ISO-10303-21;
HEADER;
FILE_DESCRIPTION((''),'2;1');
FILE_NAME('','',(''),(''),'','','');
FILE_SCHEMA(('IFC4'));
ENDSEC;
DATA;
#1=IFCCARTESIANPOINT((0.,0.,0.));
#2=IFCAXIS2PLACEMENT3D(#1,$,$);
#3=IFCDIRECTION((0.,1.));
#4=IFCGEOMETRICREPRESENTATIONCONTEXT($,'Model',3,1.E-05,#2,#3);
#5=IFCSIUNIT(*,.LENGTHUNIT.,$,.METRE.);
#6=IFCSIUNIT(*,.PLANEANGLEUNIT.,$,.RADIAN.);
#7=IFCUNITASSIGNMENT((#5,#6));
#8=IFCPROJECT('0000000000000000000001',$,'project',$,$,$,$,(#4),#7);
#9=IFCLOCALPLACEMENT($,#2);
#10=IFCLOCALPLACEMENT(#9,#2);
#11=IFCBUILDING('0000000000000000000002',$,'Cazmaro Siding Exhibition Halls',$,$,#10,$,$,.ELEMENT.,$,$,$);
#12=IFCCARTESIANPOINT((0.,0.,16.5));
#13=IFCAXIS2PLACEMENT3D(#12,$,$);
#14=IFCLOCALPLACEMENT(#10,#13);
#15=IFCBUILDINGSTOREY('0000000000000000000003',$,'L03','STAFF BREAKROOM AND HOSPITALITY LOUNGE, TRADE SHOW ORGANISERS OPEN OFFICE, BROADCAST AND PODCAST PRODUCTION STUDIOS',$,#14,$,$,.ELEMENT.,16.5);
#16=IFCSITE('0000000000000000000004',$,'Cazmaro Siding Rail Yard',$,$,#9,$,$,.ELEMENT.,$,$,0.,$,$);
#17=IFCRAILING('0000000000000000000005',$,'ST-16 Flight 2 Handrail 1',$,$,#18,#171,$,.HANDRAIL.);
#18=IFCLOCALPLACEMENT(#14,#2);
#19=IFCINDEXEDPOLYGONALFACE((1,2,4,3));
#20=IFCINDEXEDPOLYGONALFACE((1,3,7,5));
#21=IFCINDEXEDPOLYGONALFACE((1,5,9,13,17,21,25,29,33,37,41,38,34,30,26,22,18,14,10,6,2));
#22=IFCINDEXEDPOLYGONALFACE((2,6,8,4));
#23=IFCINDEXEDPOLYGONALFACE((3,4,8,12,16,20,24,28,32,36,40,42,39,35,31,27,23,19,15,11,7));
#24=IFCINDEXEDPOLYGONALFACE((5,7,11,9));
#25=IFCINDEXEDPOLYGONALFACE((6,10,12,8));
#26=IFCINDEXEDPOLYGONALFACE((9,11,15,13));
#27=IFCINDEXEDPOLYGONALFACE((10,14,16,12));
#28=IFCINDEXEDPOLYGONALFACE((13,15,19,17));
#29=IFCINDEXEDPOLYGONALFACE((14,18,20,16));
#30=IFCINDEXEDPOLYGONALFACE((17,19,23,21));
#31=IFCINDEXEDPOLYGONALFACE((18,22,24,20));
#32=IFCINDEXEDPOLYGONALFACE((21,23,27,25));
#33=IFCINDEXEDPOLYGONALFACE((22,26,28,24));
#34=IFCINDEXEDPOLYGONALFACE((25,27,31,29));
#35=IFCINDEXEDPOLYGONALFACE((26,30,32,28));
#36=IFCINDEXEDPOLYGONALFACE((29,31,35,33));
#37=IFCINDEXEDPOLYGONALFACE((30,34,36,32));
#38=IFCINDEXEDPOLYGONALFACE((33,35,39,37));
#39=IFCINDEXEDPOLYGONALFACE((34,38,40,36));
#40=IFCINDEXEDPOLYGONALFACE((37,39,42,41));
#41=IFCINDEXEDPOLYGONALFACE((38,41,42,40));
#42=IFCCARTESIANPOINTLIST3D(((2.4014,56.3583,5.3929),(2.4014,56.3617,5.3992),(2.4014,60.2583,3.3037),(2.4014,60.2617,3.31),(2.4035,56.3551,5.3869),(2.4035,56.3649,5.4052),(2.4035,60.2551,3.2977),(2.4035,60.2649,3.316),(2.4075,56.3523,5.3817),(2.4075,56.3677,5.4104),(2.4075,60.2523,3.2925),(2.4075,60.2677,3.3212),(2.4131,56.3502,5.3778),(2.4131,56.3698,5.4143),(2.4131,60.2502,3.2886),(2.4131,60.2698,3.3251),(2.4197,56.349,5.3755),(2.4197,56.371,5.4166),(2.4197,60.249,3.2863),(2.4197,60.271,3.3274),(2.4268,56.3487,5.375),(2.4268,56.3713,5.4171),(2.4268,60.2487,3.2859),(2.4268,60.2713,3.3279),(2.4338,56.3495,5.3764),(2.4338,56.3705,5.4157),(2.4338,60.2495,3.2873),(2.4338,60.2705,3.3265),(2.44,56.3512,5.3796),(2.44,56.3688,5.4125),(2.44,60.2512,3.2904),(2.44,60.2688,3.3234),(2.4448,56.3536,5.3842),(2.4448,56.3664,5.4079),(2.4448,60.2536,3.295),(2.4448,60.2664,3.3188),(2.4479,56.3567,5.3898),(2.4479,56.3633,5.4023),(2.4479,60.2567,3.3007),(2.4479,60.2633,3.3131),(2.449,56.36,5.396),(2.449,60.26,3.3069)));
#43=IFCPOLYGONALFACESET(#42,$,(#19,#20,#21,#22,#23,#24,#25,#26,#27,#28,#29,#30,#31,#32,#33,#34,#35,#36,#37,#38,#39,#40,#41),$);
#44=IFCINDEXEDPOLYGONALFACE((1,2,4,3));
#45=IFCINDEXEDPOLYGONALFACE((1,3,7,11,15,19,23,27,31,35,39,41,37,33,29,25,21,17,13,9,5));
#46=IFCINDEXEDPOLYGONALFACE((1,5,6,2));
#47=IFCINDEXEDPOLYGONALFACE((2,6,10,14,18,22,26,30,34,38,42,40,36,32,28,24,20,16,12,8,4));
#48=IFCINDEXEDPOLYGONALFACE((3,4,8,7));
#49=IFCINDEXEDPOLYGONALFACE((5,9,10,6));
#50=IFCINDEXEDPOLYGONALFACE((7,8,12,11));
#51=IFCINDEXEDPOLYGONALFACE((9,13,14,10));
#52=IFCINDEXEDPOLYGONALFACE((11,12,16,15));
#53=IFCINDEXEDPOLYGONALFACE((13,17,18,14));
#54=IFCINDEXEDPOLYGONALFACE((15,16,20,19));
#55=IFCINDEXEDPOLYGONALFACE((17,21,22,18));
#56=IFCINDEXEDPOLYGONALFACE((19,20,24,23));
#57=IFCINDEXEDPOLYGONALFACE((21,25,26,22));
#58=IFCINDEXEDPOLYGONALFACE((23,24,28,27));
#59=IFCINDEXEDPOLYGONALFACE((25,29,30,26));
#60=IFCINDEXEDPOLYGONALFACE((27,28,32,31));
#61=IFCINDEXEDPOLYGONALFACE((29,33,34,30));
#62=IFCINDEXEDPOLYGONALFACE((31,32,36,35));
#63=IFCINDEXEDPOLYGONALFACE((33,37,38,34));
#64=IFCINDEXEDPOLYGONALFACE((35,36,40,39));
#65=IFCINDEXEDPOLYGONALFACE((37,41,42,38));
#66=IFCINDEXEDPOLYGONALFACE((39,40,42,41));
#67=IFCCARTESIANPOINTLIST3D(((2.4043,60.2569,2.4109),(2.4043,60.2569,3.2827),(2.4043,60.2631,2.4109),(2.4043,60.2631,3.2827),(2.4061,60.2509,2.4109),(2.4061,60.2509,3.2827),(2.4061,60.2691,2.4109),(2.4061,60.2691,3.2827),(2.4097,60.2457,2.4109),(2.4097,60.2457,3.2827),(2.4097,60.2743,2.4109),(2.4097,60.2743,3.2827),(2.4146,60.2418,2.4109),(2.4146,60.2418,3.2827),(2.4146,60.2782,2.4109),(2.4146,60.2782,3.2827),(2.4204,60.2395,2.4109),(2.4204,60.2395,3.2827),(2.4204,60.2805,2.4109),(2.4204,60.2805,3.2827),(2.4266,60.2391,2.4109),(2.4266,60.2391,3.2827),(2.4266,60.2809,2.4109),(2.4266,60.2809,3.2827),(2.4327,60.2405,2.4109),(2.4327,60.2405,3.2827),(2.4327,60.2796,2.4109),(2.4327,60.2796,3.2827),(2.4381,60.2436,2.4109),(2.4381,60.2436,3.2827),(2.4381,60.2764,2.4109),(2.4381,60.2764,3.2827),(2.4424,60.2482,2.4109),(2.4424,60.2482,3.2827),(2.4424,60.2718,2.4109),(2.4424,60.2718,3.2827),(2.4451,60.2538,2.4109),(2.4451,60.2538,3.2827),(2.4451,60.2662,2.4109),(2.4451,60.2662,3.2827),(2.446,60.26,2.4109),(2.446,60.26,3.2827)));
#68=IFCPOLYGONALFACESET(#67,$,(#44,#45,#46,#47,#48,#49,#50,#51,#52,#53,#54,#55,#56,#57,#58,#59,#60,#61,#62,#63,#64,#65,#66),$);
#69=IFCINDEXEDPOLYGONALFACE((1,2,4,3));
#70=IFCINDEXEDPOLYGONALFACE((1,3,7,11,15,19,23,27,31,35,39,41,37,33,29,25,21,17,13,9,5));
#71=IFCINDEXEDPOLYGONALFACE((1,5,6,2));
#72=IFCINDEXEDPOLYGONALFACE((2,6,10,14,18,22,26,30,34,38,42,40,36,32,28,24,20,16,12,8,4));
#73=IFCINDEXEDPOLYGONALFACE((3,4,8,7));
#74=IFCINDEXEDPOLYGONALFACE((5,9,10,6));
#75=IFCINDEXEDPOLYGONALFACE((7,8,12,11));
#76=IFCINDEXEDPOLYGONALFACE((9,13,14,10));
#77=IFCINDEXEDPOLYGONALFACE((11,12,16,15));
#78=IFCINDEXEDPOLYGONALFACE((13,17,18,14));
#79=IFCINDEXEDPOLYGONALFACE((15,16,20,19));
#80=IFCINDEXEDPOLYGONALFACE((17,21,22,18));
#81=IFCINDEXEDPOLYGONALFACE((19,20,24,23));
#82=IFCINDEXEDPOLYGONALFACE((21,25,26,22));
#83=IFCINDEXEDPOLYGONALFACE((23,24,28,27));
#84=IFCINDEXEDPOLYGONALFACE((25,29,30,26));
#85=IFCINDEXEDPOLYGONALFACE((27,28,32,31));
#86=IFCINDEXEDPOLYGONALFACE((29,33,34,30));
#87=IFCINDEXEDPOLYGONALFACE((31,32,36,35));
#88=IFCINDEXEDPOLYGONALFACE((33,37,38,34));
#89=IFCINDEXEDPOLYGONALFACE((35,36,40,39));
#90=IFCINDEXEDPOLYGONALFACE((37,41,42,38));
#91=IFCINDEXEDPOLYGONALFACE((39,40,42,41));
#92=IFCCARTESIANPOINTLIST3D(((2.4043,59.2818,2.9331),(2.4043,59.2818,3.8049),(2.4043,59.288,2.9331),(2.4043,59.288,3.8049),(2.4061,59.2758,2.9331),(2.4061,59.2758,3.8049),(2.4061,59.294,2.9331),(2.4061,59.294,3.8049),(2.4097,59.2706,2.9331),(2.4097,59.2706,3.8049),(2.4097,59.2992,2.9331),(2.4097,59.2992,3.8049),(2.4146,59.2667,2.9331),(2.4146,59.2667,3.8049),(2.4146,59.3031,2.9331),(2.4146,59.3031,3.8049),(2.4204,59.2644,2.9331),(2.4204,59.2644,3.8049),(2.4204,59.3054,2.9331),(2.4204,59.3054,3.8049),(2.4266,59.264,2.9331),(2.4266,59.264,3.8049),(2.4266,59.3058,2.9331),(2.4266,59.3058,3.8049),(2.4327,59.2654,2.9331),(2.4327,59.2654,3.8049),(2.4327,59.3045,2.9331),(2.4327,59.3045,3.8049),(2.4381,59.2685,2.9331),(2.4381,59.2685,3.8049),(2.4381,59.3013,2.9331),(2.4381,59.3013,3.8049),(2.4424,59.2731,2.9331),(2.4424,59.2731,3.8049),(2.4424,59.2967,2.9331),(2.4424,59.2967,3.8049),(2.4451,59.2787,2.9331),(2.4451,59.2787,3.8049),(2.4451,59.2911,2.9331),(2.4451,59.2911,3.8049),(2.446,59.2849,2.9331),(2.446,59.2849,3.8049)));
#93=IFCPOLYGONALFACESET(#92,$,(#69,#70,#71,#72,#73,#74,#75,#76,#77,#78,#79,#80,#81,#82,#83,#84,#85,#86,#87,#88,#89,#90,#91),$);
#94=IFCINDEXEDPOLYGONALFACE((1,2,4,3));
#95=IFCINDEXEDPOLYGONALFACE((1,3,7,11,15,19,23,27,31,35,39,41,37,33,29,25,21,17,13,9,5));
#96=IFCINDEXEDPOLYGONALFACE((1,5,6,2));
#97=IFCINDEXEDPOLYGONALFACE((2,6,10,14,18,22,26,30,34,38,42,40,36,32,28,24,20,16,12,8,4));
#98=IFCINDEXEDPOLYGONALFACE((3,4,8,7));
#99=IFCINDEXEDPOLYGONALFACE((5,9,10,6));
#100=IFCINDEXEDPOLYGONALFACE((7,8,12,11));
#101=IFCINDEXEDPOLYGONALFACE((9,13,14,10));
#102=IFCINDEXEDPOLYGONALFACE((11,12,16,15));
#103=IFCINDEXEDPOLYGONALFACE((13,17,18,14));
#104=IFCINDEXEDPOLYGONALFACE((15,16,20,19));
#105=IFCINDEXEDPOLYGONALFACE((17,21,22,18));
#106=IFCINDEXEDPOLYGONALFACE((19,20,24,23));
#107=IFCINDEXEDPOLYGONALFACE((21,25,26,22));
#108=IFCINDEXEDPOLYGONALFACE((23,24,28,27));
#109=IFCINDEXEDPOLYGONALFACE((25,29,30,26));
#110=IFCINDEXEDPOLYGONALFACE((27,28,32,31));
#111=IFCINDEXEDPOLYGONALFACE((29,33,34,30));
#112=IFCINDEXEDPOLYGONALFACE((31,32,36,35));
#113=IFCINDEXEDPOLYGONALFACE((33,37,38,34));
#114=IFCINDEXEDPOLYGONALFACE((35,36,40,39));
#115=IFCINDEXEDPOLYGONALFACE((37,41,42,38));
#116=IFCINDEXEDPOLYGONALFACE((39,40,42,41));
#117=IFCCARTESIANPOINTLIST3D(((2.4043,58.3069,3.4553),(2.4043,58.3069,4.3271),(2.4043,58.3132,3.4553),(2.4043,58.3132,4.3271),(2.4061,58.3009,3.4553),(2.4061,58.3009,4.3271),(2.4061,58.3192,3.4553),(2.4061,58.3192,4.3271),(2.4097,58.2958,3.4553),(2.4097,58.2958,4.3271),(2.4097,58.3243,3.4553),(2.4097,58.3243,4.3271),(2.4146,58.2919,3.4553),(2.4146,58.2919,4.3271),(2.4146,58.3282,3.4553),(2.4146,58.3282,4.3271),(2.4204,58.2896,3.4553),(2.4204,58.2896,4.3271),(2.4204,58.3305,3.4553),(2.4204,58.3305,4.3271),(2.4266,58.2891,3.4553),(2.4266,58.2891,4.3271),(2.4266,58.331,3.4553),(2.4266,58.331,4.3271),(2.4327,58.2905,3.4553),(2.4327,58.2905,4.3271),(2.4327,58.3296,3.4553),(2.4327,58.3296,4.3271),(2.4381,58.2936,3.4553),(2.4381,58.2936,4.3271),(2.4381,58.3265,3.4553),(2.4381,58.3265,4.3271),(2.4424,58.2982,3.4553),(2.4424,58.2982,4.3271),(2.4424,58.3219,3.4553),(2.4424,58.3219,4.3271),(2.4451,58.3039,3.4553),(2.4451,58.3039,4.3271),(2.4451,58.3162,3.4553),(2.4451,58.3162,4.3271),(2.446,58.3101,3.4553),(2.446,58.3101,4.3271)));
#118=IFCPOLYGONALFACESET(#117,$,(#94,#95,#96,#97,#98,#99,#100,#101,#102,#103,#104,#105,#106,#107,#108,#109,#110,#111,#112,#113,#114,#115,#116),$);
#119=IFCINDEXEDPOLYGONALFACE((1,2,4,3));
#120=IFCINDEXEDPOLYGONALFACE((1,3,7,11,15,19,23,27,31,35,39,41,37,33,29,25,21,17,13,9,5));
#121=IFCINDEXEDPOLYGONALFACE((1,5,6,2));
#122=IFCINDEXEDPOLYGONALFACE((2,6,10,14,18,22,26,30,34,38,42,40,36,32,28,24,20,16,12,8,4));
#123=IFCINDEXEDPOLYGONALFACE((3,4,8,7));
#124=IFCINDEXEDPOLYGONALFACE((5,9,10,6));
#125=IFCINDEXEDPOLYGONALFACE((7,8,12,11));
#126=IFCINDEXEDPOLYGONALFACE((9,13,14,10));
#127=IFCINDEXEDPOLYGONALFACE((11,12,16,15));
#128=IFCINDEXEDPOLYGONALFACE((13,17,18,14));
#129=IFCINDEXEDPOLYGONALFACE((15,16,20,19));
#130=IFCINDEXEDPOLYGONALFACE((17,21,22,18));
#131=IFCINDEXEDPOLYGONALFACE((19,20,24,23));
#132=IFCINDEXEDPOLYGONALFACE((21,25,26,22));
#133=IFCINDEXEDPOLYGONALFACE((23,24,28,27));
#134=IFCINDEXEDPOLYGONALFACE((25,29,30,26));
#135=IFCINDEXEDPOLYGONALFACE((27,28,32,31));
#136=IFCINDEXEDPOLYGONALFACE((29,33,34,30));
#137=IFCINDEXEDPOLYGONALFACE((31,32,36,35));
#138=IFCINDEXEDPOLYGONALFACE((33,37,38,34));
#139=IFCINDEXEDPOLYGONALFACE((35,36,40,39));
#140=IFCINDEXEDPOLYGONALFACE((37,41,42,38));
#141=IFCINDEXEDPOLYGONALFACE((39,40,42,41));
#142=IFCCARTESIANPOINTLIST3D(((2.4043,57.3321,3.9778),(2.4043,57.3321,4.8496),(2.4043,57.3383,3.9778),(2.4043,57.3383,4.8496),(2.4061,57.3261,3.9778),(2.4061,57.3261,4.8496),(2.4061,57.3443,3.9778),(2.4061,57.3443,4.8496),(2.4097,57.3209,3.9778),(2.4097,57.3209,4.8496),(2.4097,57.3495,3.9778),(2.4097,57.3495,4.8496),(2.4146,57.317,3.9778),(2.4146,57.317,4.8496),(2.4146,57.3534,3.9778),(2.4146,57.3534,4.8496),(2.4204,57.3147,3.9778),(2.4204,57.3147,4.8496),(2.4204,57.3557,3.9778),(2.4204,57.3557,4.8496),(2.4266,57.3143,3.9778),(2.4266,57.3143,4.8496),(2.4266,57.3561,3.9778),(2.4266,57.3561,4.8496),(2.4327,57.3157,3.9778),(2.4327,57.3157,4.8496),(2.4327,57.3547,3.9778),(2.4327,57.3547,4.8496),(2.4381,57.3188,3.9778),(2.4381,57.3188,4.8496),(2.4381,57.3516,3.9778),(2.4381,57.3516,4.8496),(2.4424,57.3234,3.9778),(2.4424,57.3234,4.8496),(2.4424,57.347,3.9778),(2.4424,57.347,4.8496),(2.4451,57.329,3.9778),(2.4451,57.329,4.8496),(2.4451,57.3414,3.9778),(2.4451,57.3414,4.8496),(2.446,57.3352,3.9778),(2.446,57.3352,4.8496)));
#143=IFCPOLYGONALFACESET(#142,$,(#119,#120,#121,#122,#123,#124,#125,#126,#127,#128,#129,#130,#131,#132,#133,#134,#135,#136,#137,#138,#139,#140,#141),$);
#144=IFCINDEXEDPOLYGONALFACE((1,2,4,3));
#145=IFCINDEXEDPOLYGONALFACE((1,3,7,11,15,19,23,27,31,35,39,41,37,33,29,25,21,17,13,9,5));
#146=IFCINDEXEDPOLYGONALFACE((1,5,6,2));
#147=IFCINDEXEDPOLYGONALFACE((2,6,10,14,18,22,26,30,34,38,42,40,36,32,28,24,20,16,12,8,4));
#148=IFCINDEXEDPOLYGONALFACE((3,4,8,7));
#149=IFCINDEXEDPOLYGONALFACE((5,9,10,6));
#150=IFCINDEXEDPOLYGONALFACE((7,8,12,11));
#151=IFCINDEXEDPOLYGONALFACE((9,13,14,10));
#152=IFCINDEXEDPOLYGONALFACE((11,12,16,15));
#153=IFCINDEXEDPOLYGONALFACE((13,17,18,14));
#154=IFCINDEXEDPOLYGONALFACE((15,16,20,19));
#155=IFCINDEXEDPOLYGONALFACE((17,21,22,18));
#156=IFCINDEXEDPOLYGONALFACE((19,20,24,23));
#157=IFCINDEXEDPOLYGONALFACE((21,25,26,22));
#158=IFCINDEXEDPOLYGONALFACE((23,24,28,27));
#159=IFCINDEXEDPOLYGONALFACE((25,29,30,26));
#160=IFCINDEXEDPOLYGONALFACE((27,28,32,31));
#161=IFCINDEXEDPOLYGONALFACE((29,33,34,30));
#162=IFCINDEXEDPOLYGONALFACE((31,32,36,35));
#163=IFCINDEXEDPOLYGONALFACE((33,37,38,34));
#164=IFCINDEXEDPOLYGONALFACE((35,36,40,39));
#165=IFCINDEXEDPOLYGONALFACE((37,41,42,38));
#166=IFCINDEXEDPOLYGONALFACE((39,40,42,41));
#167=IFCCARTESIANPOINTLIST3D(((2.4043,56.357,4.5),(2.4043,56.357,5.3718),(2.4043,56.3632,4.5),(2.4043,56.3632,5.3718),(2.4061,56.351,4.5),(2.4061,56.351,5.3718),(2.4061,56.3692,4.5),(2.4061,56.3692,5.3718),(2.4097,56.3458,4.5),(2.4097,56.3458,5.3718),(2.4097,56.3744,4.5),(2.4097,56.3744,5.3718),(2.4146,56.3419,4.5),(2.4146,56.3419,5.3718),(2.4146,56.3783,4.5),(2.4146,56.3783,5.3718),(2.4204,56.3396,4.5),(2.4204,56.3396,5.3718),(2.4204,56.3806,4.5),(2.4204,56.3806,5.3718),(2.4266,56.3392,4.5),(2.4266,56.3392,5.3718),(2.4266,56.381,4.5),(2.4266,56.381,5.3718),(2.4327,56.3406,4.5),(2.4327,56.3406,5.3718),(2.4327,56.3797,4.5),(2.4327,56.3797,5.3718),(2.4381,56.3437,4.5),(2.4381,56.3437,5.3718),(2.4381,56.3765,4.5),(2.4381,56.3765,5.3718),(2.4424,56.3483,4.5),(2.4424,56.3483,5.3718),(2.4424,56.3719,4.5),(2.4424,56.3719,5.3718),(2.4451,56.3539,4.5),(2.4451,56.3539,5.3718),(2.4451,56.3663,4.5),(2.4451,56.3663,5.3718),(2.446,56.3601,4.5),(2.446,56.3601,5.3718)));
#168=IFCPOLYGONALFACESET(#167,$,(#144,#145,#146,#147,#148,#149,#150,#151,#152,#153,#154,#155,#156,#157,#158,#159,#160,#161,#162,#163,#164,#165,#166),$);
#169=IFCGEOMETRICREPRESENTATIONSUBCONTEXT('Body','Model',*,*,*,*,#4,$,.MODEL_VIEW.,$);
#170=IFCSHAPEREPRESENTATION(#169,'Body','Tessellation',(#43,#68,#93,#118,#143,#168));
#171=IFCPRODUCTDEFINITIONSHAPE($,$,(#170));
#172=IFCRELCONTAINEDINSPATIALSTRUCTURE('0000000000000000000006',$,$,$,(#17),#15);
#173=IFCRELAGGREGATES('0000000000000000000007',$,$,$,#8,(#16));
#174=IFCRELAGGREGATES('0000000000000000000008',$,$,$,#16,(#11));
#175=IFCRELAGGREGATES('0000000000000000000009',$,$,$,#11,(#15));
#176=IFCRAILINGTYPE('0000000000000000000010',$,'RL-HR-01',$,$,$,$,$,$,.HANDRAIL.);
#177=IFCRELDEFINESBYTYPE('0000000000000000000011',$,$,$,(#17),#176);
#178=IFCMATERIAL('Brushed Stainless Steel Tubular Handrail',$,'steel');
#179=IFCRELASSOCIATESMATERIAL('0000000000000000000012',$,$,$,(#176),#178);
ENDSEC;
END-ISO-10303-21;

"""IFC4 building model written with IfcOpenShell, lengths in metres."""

from ifc_helpers import new_model, si_unit, direction, frame, origin, origin_2d, place, context, subcontext, project, spatial, circle, extrude, material, type_object, element, save


model = new_model("IFC4")

# Units and contexts
model_context = context("Model", 3, precision=1e-05, world=origin(), true_north=direction((0.0, 1.0)))
body_context = subcontext(model_context, "Body", "Model", "MODEL_VIEW")
ifc_project = project(units=[si_unit("LENGTHUNIT", "METRE"), si_unit("PLANEANGLEUNIT", "RADIAN")], contexts=[model_context])

# Site, building, storey
site_placement = place(None, origin())
site = spatial("IfcSite", under=ifc_project, at=site_placement, Name="Cazmaro Siding Rail Yard", CompositionType="ELEMENT", RefElevation=0.0)
building_placement = place(site_placement, origin())
building = spatial("IfcBuilding", under=site, at=building_placement, Name="Cazmaro Siding Exhibition Halls", CompositionType="ELEMENT")
storey_placement = place(building_placement, frame((0.0, 0.0, 16.5)))
storey = spatial("IfcBuildingStorey", under=building, at=storey_placement, Name="L03", Description="STAFF BREAKROOM AND HOSPITALITY LOUNGE, TRADE SHOW ORGANISERS OPEN OFFICE, BROADCAST AND PODCAST PRODUCTION STUDIOS", CompositionType="ELEMENT", Elevation=16.5)

# Railing
ifc_material_1 = material(Name="Brushed Stainless Steel Tubular Handrail", Category="steel")
railing_type_1 = type_object("IfcRailingType", Name="RL-HR-01", PredefinedType="HANDRAIL", material=ifc_material_1)
railing_1_placement = place(storey_placement, frame((2.425, 60.26, 2.4109)))
element("IfcRailing", 1, at=railing_1_placement, inside=storey, type_object=railing_type_1, Name="ST-16 Flight 2 Handrail 1", PredefinedType="HANDRAIL", context=body_context, shape_type="SweptSolid", body=[
    extrude(circle(Radius=0.0239, at=origin_2d()), frame((0.0, 0.0, 0.896), z_axis=(0.0, -0.881491, 0.4722), x_axis=(1.0, 0.0, 0.0)), (0.0, 0.0, 1.0), 4.4243),
    extrude(circle(Radius=0.021, at=origin_2d()), origin(), (0.0, 0.0, 1.0), 0.8718),
    extrude(circle(Radius=0.021, at=origin_2d()), frame((0.0, -0.9751, 0.5222)), (0.0, 0.0, 1.0), 0.8718),
    extrude(circle(Radius=0.021, at=origin_2d()), frame((0.0, -1.95, 1.0444)), (0.0, 0.0, 1.0), 0.8718),
    extrude(circle(Radius=0.021, at=origin_2d()), frame((0.0, -2.9248, 1.5669)), (0.0, 0.0, 1.0), 0.8718),
    extrude(circle(Radius=0.021, at=origin_2d()), frame((0.0, -3.8999, 2.0891)), (0.0, 0.0, 1.0), 0.8718),
])

save(model, "model.ifc")
